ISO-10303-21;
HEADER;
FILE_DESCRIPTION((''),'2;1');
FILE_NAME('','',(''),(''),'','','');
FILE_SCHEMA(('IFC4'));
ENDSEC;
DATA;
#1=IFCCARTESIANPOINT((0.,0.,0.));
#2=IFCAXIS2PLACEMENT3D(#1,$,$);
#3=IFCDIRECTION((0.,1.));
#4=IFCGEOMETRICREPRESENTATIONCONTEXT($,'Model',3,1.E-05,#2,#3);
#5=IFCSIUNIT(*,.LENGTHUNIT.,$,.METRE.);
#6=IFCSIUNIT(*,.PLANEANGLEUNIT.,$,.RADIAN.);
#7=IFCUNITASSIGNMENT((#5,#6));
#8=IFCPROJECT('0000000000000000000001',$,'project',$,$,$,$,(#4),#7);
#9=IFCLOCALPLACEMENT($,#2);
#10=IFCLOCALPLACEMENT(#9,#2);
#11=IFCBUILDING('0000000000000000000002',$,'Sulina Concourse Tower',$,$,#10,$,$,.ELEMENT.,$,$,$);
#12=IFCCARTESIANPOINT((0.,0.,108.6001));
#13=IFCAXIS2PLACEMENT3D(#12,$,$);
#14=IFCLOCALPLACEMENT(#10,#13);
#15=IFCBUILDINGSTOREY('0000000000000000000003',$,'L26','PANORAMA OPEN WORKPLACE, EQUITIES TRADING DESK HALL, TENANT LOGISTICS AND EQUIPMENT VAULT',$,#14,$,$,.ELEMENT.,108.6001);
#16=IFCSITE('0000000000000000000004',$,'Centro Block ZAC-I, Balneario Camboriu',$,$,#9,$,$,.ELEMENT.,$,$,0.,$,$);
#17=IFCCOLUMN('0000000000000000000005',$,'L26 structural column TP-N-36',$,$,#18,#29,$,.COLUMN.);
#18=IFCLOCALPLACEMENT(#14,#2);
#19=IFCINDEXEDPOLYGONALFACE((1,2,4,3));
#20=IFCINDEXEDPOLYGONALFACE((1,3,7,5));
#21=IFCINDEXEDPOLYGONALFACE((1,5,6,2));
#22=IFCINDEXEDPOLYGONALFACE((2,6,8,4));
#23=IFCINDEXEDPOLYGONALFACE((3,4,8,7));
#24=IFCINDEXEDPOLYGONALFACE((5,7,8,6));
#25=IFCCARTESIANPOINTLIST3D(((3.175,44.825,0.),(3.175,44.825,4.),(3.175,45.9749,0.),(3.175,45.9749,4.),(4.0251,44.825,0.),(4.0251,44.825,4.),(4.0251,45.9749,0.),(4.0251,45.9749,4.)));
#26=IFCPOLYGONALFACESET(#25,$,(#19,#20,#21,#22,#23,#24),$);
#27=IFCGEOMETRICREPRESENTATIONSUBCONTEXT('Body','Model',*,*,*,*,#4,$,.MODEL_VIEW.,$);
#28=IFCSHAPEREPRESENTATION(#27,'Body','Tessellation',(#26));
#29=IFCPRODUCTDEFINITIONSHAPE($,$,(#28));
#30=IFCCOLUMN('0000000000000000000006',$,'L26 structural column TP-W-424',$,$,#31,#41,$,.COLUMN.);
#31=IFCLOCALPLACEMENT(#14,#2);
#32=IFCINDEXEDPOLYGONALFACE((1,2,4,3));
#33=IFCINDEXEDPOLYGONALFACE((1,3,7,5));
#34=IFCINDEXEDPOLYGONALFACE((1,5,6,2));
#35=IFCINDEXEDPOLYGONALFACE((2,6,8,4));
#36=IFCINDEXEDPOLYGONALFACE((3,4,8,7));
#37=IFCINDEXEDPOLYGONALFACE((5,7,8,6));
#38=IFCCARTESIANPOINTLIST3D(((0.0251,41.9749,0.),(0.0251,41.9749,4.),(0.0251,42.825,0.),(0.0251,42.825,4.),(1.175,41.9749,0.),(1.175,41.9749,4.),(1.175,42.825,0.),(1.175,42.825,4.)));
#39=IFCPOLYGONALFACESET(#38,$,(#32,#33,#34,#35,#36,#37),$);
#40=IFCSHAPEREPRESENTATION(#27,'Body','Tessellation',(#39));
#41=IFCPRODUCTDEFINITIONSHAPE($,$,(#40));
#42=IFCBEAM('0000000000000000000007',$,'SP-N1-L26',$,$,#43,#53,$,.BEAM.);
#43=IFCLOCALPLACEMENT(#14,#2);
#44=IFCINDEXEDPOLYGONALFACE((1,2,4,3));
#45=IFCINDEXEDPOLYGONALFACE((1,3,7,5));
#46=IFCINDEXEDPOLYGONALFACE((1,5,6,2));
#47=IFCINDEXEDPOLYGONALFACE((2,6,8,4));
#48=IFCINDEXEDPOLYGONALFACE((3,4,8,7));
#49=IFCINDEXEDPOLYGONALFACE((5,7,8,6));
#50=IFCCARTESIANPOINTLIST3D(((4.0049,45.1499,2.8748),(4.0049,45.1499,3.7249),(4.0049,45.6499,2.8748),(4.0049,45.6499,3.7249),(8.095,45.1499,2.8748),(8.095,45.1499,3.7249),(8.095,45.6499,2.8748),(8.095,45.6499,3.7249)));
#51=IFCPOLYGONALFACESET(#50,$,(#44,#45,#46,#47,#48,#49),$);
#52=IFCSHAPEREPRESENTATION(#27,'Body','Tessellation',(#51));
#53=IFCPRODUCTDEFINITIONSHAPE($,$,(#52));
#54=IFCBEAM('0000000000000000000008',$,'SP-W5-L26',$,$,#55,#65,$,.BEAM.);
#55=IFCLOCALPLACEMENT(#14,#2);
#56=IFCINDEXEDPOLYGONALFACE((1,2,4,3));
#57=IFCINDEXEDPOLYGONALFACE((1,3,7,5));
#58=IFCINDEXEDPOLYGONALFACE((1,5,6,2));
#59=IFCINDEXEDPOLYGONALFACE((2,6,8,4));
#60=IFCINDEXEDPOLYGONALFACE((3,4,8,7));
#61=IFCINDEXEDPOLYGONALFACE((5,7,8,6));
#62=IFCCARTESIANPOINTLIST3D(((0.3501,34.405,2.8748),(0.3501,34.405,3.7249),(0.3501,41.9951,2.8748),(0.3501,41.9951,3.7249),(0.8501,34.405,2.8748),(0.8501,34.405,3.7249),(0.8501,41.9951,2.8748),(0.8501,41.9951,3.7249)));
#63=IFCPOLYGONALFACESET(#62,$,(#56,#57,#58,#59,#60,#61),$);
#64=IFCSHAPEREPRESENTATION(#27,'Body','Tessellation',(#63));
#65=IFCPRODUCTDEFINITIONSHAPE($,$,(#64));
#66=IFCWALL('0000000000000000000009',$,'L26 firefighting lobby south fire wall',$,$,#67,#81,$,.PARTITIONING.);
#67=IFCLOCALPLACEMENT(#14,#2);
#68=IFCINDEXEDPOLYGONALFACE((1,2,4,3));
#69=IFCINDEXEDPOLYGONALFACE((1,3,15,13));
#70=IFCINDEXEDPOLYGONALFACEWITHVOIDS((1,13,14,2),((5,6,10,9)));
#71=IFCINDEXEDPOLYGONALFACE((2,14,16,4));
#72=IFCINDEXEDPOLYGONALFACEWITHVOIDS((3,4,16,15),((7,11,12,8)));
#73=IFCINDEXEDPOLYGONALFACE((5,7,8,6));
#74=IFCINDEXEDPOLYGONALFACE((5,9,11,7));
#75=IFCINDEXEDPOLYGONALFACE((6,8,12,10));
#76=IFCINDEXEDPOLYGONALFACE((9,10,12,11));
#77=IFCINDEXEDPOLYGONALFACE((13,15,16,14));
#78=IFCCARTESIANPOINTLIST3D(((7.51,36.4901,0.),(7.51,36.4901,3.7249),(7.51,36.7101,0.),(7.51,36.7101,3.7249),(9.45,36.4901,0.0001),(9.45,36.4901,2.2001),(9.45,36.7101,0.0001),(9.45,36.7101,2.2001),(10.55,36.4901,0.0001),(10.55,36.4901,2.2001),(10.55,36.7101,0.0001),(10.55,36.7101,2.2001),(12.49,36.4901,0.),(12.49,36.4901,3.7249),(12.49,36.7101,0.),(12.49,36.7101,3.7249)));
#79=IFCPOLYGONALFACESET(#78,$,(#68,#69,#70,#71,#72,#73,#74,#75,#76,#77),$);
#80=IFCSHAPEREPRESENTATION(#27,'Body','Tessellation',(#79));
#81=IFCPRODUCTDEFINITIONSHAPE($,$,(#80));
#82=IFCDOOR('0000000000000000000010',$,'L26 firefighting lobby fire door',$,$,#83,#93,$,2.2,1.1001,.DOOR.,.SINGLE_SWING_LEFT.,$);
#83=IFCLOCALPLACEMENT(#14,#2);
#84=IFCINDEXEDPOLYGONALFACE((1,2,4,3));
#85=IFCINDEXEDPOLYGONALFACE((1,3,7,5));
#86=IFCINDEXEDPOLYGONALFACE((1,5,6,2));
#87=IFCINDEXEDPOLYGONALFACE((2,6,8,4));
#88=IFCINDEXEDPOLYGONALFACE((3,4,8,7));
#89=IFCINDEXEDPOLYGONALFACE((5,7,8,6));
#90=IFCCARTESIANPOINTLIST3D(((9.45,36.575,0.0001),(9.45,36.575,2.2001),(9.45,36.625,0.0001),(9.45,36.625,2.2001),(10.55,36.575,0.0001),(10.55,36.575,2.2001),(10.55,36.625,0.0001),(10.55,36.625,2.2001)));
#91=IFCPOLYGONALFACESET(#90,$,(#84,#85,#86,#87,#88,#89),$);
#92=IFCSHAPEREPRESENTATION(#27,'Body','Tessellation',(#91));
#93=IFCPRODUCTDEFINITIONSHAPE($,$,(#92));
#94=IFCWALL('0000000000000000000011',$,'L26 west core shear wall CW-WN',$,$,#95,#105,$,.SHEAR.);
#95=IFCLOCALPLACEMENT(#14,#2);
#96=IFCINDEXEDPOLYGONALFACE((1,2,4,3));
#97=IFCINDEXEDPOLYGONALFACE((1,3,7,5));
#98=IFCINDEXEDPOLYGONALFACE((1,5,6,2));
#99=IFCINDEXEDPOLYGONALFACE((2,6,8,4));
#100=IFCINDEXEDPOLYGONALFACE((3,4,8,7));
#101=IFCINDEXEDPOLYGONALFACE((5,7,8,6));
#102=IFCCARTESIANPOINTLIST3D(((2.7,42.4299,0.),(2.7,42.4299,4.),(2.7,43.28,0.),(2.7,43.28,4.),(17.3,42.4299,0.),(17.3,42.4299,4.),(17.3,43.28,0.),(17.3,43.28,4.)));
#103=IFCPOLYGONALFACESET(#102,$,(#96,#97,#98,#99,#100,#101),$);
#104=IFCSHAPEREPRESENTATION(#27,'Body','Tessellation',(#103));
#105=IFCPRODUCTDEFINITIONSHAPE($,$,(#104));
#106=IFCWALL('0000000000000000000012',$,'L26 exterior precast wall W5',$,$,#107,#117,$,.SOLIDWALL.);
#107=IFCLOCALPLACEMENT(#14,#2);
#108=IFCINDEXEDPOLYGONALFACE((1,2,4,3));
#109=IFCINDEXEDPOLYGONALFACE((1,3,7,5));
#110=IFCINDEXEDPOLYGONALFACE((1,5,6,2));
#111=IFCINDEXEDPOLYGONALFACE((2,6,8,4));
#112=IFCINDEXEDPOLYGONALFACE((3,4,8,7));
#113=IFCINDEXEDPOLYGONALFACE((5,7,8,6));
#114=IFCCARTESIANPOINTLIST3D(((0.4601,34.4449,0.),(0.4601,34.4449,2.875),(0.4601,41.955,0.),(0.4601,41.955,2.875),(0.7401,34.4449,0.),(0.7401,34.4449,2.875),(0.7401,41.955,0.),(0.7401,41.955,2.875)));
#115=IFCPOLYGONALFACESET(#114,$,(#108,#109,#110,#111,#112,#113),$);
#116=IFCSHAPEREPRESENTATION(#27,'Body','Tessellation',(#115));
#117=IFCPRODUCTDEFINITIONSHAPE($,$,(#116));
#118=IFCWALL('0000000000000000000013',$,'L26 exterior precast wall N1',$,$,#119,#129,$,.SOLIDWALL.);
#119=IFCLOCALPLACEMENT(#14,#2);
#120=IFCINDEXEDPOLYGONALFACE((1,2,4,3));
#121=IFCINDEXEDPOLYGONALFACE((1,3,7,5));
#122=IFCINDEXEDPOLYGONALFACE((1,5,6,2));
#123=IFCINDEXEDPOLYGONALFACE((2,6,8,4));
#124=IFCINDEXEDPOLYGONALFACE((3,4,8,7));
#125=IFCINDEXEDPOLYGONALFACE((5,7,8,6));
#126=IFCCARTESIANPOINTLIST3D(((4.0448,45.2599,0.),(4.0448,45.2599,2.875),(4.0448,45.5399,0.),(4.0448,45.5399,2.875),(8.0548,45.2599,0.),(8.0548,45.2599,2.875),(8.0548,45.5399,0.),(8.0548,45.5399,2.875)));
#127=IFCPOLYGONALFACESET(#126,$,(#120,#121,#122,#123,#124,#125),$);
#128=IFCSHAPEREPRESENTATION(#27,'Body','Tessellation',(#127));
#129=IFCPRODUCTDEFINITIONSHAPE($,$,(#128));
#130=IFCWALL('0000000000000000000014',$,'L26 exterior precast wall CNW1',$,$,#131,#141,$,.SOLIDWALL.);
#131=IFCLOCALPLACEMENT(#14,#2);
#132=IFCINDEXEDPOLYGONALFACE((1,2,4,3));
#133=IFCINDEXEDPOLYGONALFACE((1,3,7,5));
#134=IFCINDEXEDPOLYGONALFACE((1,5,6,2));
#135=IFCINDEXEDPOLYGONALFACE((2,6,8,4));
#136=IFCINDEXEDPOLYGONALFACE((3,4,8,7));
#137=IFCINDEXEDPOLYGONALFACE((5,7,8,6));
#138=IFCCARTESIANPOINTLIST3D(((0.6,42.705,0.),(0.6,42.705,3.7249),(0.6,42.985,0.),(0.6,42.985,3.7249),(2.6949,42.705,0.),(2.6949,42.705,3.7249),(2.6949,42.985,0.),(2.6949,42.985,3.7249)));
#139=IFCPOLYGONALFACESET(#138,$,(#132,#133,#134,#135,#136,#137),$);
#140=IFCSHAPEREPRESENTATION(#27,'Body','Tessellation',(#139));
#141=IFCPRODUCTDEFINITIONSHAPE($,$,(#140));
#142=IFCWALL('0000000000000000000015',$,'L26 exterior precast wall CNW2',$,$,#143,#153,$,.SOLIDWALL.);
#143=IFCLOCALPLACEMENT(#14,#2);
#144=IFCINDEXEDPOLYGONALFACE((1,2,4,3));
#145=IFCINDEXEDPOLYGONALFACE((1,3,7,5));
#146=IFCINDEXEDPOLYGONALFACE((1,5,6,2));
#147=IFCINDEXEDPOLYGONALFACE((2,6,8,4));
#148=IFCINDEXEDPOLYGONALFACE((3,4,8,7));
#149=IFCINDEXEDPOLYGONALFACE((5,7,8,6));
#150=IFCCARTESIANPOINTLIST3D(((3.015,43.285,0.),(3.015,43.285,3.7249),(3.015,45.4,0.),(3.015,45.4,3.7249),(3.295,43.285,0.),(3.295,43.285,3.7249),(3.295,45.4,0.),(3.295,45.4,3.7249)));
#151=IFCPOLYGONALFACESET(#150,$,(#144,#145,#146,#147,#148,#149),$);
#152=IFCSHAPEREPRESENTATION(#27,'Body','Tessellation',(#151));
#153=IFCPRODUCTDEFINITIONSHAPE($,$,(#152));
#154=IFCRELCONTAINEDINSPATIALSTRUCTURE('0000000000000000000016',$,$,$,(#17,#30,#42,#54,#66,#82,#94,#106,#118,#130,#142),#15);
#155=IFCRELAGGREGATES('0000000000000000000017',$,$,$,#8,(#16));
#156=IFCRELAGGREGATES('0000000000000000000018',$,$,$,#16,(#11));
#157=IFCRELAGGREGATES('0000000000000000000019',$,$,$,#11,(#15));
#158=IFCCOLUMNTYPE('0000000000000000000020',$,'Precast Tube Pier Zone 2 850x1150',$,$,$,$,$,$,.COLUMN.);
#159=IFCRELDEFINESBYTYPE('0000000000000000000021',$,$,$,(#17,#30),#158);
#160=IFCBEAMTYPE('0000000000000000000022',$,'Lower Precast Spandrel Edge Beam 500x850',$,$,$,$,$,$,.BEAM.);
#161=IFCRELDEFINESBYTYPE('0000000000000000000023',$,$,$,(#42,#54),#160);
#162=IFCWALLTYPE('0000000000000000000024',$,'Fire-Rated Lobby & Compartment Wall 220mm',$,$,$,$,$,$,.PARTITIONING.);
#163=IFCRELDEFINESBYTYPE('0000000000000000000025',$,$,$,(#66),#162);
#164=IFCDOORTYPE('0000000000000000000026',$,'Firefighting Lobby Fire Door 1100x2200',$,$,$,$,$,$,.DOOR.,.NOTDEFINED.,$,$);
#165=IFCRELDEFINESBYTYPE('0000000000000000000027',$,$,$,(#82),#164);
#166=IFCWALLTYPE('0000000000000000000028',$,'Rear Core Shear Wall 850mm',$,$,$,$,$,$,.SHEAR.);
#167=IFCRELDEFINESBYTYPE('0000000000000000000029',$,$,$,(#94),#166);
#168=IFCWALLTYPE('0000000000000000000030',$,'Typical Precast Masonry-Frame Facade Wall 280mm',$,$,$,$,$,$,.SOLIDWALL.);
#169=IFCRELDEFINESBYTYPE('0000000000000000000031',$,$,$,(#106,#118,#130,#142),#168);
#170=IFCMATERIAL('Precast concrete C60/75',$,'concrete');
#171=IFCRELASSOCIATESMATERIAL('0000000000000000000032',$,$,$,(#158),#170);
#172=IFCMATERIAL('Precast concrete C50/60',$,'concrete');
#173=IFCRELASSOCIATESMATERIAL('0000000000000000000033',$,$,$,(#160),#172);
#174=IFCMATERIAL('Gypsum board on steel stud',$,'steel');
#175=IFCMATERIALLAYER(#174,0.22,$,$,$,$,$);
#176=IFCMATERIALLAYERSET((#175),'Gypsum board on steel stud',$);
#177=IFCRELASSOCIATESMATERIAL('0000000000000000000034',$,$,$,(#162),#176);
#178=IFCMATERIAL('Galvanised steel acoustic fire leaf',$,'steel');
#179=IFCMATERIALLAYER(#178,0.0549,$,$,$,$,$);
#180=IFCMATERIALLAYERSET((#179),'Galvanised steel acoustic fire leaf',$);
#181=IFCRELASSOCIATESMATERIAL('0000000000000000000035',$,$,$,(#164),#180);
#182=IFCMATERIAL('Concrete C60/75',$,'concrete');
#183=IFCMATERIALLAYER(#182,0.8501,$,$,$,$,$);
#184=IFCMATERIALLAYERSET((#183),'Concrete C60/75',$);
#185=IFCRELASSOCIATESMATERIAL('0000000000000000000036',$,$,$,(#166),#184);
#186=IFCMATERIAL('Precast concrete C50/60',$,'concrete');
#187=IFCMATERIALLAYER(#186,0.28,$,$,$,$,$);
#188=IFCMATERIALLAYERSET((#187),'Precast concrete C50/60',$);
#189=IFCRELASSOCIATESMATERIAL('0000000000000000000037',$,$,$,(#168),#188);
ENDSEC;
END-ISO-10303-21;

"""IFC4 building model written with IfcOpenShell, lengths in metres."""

from ifc_helpers import new_model, si_unit, direction, frame, frame_2d, origin, origin_2d, place, context, subcontext, project, spatial, rectangle, extrude, material, layer, layer_set, material_profile, profile_set, type_object, element, fill, save


model = new_model("IFC4")

# Units and contexts
model_context = context("Model", 3, precision=1e-05, world=origin(), true_north=direction((0.0, 1.0)))
body_context = subcontext(model_context, "Body", "Model", "MODEL_VIEW")
ifc_project = project(units=[si_unit("LENGTHUNIT", "METRE"), si_unit("PLANEANGLEUNIT", "RADIAN")], contexts=[model_context])

# Site, building, storey
site_placement = place(None, origin())
site = spatial("IfcSite", under=ifc_project, at=site_placement, Name="Centro Block ZAC-I, Balneario Camboriu", CompositionType="ELEMENT", RefElevation=0.0)
building_placement = place(site_placement, origin())
building = spatial("IfcBuilding", under=site, at=building_placement, Name="Sulina Concourse Tower", CompositionType="ELEMENT")
storey_placement = place(building_placement, frame((0.0, 0.0, 108.6001)))
storey = spatial("IfcBuildingStorey", under=building, at=storey_placement, Name="L26", Description="PANORAMA OPEN WORKPLACE, EQUITIES TRADING DESK HALL, TENANT LOGISTICS AND EQUIPMENT VAULT", CompositionType="ELEMENT", Elevation=108.6001)

# Columns
ifc_material_1 = material(Name="Precast concrete C60/75", Category="concrete")
ifc_material_profile_1 = material_profile(ifc_material_1, rectangle(XDim=0.8501, YDim=1.1499, at=origin_2d()), Name="PC 850x1150")
ifc_profile_set_1 = profile_set([ifc_material_profile_1], Name="Precast concrete C60/75")
column_type = type_object("IfcColumnType", Name="Precast Tube Pier Zone 2 850x1150", PredefinedType="COLUMN", material=ifc_profile_set_1)
for number, where, z_axis, x_axis, name in (
    (1, (3.6001, 45.3999, 0.0), (0.0, 0.0, 1.0), (1.0, 0.0, 0.0), "L26 structural column TP-N-36"),
    (2, (0.6001, 42.3999, 0.0), (0.0, 0.0, 1.0), (0.0, 1.0, 0.0), "L26 structural column TP-W-424"),
):
    element("IfcColumn", number, at=place(storey_placement, frame(where, z_axis=z_axis, x_axis=x_axis)), inside=storey, type_object=column_type, Name=name, PredefinedType="COLUMN", context=body_context, shape_type="SweptSolid", body=[
        extrude(rectangle(XDim=0.8501, YDim=1.1499, at=origin_2d()), origin(), (0.0, 0.0, 1.0), 4.0),
    ])

# Beams
ifc_material_2 = material(Name="Precast concrete C50/60", Category="concrete")
ifc_material_profile_2 = material_profile(ifc_material_2, rectangle(XDim=0.5, YDim=0.8501, at=origin_2d()), Name="RC 500x850")
ifc_profile_set_2 = profile_set([ifc_material_profile_2], Name="Precast concrete C50/60")
beam_type = type_object("IfcBeamType", Name="Lower Precast Spandrel Edge Beam 500x850", PredefinedType="BEAM", material=ifc_profile_set_2)
beam_1_placement = place(storey_placement, frame((4.0049, 45.3999, 3.2998), z_axis=(1.0, 0.0, 0.0), x_axis=(0.0, 1.0, 0.0)))
element("IfcBeam", 3, at=beam_1_placement, inside=storey, type_object=beam_type, Name="SP-N1-L26", PredefinedType="BEAM", context=body_context, shape_type="SweptSolid", body=[
    extrude(rectangle(XDim=0.5, YDim=0.8501, at=origin_2d()), origin(), (0.0, 0.0, 1.0), 4.0901),
])
beam_2_placement = place(storey_placement, frame((0.6001, 34.405, 3.2998), z_axis=(0.0, 1.0, 0.0), x_axis=(-1.0, 0.0, 0.0)))
element("IfcBeam", 4, at=beam_2_placement, inside=storey, type_object=beam_type, Name="SP-W5-L26", PredefinedType="BEAM", context=body_context, shape_type="SweptSolid", body=[
    extrude(rectangle(XDim=0.5, YDim=0.8501, at=origin_2d()), origin(), (0.0, 0.0, 1.0), 7.5901),
])

# Wall, opening, door
ifc_material_3 = material(Name="Gypsum board on steel stud", Category="steel")
ifc_layer_1 = layer(ifc_material_3, 0.22)
ifc_layer_set_1 = layer_set([ifc_layer_1], Name="Gypsum board on steel stud")
wall_type_1 = type_object("IfcWallType", Name="Fire-Rated Lobby & Compartment Wall 220mm", PredefinedType="PARTITIONING", material=ifc_layer_set_1)
wall_1_placement = place(storey_placement, frame((7.51, 36.6001, 0.0), z_axis=(0.0, 0.0, 1.0), x_axis=(1.0, 0.0, 0.0)))
wall_1 = element("IfcWall", 5, at=wall_1_placement, inside=storey, type_object=wall_type_1, Name="L26 firefighting lobby south fire wall", PredefinedType="PARTITIONING", context=body_context, shape_type="SweptSolid", body=[
    extrude(rectangle(XDim=4.98, YDim=0.22, at=frame_2d((2.49, 0.0))), origin(), (0.0, 0.0, 1.0), 3.7249),
])
opening_placement = place(wall_1_placement, frame((1.9399, 0.0, 0.0)))
opening = element("IfcOpeningElement", 6, at=opening_placement, cuts=wall_1, PredefinedType="OPENING", context=body_context, shape_type="SweptSolid", body=[
    extrude(rectangle(XDim=1.1001, YDim=2.2, at=frame_2d((0.55, 1.1001))), frame((0.0, 0.1199, 0.0), z_axis=(0.0, -1.0, 0.0), x_axis=(1.0, 0.0, 0.0)), (0.0, 0.0, 1.0), 0.24),
])
ifc_material_4 = material(Name="Galvanised steel acoustic fire leaf", Category="steel")
ifc_layer_2 = layer(ifc_material_4, 0.0549)
ifc_layer_set_2 = layer_set([ifc_layer_2], Name="Galvanised steel acoustic fire leaf")
door_type = type_object("IfcDoorType", Name="Firefighting Lobby Fire Door 1100x2200", OperationType="NOTDEFINED", PredefinedType="DOOR", material=ifc_layer_set_2)
door_placement = place(opening_placement, origin())
door = element("IfcDoor", 7, at=door_placement, inside=storey, type_object=door_type, Name="L26 firefighting lobby fire door", OperationType="SINGLE_SWING_LEFT", OverallHeight=2.2, OverallWidth=1.1001, PredefinedType="DOOR", context=body_context, shape_type="SweptSolid", body=[
    extrude(rectangle(XDim=1.1001, YDim=2.2, at=frame_2d((0.55, 1.1001))), frame((0.0, 0.0249, 0.0), z_axis=(0.0, -1.0, 0.0), x_axis=(1.0, 0.0, 0.0)), (0.0, 0.0, 1.0), 0.05),
])
fill(opening, door)

# Walls
ifc_material_5 = material(Name="Concrete C60/75", Category="concrete")
ifc_layer_3 = layer(ifc_material_5, 0.8501)
ifc_layer_set_3 = layer_set([ifc_layer_3], Name="Concrete C60/75")
wall_type_2 = type_object("IfcWallType", Name="Rear Core Shear Wall 850mm", PredefinedType="SHEAR", material=ifc_layer_set_3)
wall_2_placement = place(storey_placement, frame((2.7, 42.855, 0.0), z_axis=(0.0, 0.0, 1.0), x_axis=(1.0, 0.0, 0.0)))
element("IfcWall", 8, at=wall_2_placement, inside=storey, type_object=wall_type_2, Name="L26 west core shear wall CW-WN", PredefinedType="SHEAR", context=body_context, shape_type="SweptSolid", body=[
    extrude(rectangle(XDim=14.6001, YDim=0.8501, at=frame_2d((7.3, 0.0))), origin(), (0.0, 0.0, 1.0), 4.0),
])
ifc_material_6 = material(Name="Precast concrete C50/60", Category="concrete")
ifc_layer_4 = layer(ifc_material_6, 0.28)
ifc_layer_set_4 = layer_set([ifc_layer_4], Name="Precast concrete C50/60")
wall_type_3 = type_object("IfcWallType", Name="Typical Precast Masonry-Frame Facade Wall 280mm", PredefinedType="SOLIDWALL", material=ifc_layer_set_4)
wall_3_placement = place(storey_placement, frame((0.6001, 34.4451, 0.0), z_axis=(0.0, 0.0, 1.0), x_axis=(0.0, 1.0, 0.0)))
element("IfcWall", 9, at=wall_3_placement, inside=storey, type_object=wall_type_3, Name="L26 exterior precast wall W5", PredefinedType="SOLIDWALL", context=body_context, shape_type="SweptSolid", body=[
    extrude(rectangle(XDim=7.51, YDim=0.28, at=frame_2d((3.7549, 0.0))), origin(), (0.0, 0.0, 1.0), 2.875),
])
wall_4_placement = place(storey_placement, frame((4.0449, 45.3999, 0.0), z_axis=(0.0, 0.0, 1.0), x_axis=(1.0, 0.0, 0.0)))
element("IfcWall", 10, at=wall_4_placement, inside=storey, type_object=wall_type_3, Name="L26 exterior precast wall N1", PredefinedType="SOLIDWALL", context=body_context, shape_type="SweptSolid", body=[
    extrude(rectangle(XDim=4.01, YDim=0.28, at=frame_2d((2.0049, 0.0))), origin(), (0.0, 0.0, 1.0), 2.875),
])
wall_5_placement = place(storey_placement, frame((0.6001, 42.845, 0.0), z_axis=(0.0, 0.0, 1.0), x_axis=(1.0, 0.0, 0.0)))
element("IfcWall", 11, at=wall_5_placement, inside=storey, type_object=wall_type_3, Name="L26 exterior precast wall CNW1", PredefinedType="SOLIDWALL", context=body_context, shape_type="SweptSolid", body=[
    extrude(rectangle(XDim=2.095, YDim=0.28, at=frame_2d((1.0474, 0.0))), origin(), (0.0, 0.0, 1.0), 3.7249),
])
wall_6_placement = place(storey_placement, frame((3.155, 43.2849, 0.0), z_axis=(0.0, 0.0, 1.0), x_axis=(0.0, 1.0, 0.0)))
element("IfcWall", 12, at=wall_6_placement, inside=storey, type_object=wall_type_3, Name="L26 exterior precast wall CNW2", PredefinedType="SOLIDWALL", context=body_context, shape_type="SweptSolid", body=[
    extrude(rectangle(XDim=2.115, YDim=0.28, at=frame_2d((1.0576, 0.0))), origin(), (0.0, 0.0, 1.0), 3.7249),
])

save(model, "model.ifc")
